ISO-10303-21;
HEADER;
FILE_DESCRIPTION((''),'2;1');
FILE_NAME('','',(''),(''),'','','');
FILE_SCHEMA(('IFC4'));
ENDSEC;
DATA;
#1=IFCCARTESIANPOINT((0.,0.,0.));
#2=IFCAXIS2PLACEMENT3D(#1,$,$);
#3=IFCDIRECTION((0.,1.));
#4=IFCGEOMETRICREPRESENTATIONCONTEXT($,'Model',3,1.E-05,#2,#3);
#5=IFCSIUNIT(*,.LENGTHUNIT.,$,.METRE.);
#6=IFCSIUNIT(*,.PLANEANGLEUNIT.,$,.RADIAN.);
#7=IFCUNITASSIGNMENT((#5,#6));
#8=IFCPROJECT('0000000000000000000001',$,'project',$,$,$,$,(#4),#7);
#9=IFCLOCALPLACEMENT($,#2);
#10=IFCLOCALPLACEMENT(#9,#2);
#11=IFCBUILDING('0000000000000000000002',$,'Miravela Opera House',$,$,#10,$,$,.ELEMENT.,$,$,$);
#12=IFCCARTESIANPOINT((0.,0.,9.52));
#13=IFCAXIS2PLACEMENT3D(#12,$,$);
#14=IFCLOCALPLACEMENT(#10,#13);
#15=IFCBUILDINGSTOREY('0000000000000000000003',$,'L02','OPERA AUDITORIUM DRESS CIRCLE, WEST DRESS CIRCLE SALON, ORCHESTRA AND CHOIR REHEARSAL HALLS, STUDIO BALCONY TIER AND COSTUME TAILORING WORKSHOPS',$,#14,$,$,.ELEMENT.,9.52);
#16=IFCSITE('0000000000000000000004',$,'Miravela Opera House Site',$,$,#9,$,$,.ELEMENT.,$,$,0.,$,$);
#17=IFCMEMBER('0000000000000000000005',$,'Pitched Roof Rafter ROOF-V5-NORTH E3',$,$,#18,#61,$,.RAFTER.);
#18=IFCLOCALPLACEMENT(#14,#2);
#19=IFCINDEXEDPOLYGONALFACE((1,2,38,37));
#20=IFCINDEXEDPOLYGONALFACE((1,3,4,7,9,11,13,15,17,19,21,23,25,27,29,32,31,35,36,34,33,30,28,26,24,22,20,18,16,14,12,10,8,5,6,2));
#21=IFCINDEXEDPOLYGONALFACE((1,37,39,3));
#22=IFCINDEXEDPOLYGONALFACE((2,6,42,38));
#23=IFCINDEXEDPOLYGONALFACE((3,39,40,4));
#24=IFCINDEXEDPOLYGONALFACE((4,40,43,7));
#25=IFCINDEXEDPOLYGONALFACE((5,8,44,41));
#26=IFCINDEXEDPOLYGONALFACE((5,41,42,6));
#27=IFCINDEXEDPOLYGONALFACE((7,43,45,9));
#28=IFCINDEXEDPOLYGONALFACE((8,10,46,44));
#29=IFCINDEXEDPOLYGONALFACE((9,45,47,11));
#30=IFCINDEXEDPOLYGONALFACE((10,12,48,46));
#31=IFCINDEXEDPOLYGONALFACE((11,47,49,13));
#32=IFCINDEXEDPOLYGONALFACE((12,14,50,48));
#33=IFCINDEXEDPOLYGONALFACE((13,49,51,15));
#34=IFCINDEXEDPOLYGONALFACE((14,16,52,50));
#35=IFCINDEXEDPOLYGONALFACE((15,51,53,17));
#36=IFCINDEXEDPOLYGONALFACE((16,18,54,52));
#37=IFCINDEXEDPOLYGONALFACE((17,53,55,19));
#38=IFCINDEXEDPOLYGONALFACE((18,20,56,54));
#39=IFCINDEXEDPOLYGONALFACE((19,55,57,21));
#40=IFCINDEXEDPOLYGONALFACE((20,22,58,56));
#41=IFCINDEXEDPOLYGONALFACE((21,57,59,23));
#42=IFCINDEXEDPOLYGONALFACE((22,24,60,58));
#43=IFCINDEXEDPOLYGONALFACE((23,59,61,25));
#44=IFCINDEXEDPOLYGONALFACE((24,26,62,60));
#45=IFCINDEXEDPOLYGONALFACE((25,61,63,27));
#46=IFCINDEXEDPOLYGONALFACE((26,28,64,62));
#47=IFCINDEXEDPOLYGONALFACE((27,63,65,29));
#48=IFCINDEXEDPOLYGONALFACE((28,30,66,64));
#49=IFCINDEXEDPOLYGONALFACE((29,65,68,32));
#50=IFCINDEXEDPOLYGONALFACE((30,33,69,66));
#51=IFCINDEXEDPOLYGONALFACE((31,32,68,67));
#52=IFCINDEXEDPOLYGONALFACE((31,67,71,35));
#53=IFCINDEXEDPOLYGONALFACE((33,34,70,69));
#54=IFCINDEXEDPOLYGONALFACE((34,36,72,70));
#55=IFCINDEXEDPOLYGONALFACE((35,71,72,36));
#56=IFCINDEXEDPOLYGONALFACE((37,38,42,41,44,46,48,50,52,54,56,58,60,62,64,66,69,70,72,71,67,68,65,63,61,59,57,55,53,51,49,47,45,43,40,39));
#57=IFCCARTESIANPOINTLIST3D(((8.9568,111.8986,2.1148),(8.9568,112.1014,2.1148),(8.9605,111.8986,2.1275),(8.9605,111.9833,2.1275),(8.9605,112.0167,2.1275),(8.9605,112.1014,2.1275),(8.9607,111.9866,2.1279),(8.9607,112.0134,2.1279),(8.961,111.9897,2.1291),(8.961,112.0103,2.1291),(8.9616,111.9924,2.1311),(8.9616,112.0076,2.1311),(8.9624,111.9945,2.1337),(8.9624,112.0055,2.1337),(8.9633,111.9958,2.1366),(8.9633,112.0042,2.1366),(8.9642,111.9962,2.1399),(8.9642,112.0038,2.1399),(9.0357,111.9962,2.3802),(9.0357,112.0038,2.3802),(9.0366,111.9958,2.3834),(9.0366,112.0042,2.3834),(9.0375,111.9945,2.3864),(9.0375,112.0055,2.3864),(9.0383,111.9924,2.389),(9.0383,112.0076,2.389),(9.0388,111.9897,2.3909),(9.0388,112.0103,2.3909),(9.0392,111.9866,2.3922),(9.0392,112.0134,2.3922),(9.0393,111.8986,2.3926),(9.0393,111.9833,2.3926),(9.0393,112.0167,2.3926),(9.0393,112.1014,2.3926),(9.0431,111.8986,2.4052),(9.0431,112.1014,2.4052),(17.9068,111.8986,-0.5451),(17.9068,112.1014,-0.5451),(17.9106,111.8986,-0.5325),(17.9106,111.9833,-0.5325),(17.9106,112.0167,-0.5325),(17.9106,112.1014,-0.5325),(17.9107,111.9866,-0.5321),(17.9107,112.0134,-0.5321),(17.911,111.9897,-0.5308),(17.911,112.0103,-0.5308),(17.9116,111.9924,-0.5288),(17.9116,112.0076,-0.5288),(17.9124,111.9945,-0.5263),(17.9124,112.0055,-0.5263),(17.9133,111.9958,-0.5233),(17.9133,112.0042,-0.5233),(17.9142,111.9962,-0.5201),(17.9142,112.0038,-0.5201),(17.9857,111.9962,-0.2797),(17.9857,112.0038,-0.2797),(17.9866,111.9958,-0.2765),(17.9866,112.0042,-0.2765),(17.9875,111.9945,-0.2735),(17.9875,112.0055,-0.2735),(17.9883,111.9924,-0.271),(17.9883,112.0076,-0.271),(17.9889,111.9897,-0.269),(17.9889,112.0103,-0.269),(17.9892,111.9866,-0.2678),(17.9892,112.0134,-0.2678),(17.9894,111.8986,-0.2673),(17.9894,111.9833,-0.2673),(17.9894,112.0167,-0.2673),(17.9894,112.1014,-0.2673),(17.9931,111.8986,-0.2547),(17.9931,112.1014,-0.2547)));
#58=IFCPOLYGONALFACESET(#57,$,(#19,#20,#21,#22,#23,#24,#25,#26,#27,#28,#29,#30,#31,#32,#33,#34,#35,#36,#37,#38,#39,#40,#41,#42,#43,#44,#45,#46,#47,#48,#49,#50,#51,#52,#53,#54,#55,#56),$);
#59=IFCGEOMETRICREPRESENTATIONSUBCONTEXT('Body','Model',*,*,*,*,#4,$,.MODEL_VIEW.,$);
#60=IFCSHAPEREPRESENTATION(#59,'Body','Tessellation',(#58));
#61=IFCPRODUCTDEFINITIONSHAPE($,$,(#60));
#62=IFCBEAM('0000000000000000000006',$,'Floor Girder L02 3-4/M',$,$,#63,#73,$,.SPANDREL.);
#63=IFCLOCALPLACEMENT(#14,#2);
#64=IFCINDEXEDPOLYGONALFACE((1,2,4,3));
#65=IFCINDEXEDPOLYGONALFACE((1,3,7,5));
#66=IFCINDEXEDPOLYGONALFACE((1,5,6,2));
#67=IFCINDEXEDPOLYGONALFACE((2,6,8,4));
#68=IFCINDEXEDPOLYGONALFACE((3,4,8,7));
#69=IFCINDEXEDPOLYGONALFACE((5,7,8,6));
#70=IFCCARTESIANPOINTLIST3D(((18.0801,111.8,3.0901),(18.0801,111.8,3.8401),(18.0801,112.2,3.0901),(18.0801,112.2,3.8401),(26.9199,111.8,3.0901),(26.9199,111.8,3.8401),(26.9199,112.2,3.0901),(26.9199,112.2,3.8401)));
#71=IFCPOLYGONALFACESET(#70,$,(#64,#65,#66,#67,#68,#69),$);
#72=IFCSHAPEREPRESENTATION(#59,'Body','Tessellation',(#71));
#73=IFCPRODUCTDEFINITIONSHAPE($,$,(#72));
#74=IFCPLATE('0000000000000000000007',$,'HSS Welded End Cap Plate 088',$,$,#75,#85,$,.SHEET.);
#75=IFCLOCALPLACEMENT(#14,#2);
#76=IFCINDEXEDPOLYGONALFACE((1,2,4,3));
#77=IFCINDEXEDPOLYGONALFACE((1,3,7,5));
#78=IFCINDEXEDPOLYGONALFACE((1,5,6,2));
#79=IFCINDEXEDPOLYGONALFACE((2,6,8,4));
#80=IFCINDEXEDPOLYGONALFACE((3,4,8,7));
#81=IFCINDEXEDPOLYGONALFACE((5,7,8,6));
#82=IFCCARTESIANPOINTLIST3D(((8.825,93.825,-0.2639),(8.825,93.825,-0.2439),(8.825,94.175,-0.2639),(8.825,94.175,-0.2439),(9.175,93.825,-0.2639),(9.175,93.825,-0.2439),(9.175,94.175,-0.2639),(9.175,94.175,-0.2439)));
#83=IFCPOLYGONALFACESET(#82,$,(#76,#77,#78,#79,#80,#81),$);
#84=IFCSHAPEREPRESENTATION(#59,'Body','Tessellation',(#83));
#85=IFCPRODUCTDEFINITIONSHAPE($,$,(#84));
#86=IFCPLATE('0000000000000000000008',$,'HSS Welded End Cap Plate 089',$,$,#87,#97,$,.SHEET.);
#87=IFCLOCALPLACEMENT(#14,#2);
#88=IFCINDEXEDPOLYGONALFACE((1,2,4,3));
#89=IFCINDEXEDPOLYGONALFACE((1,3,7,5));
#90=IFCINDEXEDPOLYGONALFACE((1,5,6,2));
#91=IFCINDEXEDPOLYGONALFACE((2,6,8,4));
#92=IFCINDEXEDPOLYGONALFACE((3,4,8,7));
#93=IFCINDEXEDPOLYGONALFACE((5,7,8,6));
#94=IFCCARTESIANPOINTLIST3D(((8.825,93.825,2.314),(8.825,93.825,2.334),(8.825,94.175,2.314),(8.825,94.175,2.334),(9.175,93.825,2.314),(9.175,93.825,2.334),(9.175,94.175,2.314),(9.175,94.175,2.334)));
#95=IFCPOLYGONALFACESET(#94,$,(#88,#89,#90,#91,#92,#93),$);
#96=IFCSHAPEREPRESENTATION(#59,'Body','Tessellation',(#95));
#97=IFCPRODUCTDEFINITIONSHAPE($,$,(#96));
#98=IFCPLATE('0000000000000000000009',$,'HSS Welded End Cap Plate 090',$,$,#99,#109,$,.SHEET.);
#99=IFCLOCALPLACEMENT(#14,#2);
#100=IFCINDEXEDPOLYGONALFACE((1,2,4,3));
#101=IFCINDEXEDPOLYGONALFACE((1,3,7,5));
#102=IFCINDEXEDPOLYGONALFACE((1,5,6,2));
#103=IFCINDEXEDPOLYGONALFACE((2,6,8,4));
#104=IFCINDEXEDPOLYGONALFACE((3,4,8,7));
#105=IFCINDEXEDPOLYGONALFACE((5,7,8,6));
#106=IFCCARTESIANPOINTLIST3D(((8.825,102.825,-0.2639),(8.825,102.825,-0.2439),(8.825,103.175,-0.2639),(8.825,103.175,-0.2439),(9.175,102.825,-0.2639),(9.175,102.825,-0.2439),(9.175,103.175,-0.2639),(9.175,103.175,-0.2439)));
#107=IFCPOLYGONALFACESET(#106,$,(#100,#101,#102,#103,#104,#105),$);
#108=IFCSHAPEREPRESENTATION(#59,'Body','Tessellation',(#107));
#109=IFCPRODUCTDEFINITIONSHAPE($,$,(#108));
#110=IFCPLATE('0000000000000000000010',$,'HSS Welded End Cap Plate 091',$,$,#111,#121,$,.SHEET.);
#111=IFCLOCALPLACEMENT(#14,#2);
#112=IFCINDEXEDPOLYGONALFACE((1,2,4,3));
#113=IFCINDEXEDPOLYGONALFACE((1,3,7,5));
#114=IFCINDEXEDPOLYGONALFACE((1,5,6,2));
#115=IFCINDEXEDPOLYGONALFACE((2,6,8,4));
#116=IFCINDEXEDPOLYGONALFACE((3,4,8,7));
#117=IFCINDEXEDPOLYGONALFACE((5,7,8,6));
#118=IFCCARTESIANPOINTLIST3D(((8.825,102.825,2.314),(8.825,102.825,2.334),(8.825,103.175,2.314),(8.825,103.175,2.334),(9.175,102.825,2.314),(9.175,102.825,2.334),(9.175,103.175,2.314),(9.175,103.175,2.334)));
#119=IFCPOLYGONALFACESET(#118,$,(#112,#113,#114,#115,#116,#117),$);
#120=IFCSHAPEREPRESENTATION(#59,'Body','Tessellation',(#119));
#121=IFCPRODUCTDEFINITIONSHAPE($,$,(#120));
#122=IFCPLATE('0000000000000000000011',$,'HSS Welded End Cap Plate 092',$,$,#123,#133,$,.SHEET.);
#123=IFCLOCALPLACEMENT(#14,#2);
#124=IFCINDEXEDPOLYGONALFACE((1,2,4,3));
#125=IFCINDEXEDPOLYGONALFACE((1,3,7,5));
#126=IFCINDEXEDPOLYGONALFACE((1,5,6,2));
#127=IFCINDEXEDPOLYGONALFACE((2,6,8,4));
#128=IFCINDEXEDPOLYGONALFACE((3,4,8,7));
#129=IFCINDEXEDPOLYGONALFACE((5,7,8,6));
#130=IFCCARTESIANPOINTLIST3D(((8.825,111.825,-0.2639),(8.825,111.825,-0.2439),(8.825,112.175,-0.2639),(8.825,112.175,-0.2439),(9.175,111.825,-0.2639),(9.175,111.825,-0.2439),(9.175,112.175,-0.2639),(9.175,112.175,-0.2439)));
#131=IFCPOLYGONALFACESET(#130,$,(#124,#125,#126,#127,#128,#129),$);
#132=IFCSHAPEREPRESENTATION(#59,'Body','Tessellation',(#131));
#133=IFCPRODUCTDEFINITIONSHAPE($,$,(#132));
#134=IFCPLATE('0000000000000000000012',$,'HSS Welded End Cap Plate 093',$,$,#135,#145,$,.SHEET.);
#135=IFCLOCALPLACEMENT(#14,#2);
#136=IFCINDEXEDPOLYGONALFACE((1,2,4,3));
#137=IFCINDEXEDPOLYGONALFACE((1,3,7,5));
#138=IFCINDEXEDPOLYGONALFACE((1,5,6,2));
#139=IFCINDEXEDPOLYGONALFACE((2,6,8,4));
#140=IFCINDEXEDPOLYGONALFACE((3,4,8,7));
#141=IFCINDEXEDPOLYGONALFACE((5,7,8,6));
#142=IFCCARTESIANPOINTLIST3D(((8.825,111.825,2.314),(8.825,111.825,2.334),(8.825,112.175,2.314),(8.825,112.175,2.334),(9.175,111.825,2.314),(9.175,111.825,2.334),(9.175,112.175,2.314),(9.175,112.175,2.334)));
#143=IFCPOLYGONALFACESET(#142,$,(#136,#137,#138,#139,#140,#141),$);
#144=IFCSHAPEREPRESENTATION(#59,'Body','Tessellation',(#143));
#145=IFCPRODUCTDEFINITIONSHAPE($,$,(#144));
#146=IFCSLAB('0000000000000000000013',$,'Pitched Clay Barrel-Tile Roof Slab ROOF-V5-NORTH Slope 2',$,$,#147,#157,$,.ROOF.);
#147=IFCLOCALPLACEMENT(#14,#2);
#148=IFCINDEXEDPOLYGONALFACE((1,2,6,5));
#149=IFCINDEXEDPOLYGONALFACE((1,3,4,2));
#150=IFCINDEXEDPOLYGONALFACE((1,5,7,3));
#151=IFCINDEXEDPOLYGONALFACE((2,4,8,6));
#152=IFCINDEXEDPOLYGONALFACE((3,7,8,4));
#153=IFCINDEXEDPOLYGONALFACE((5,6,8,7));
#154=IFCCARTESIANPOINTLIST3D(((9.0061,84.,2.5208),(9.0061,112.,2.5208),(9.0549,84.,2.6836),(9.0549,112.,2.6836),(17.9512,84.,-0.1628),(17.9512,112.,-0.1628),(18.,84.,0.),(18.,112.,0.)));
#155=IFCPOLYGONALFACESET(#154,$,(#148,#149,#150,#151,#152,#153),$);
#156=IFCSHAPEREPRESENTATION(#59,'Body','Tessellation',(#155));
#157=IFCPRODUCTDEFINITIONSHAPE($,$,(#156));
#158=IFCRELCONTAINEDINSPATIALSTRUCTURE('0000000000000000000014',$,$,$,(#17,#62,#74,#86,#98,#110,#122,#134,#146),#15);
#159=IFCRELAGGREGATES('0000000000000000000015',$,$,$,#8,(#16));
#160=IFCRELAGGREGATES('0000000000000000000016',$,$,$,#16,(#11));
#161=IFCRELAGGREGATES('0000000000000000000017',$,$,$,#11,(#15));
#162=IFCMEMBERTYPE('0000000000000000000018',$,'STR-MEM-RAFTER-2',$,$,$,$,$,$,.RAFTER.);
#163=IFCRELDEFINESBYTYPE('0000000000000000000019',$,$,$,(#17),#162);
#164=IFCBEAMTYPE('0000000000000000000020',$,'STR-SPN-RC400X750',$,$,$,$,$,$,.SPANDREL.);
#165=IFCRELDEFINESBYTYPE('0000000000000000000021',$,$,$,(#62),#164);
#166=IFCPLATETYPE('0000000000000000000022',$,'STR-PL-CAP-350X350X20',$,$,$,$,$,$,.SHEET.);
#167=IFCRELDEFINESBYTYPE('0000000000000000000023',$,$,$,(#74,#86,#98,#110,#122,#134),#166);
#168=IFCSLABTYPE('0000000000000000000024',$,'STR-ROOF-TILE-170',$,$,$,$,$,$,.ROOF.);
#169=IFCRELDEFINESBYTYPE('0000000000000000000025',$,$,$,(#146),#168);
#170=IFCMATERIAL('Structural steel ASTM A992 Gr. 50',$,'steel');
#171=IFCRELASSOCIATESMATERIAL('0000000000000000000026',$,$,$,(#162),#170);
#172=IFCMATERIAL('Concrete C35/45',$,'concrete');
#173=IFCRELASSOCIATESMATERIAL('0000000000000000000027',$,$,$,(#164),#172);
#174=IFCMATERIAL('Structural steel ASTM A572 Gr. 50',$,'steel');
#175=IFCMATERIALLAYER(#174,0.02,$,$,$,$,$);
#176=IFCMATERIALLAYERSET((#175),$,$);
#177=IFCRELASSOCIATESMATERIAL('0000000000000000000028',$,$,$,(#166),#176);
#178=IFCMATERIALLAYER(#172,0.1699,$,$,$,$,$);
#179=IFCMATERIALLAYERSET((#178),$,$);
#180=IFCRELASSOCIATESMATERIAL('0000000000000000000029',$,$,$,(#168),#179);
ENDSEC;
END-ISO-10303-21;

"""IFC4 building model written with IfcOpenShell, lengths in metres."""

from ifc_helpers import new_model, si_unit, direction, frame, origin, origin_2d, place, context, subcontext, project, spatial, polyline, rectangle, i_section, outline, extrude, material, layer, layer_set, material_profile, profile_set, type_object, element, save


model = new_model("IFC4")

# Units and contexts
model_context = context("Model", 3, precision=1e-05, world=origin(), true_north=direction((0.0, 1.0)))
body_context = subcontext(model_context, "Body", "Model", "MODEL_VIEW")
ifc_project = project(units=[si_unit("LENGTHUNIT", "METRE"), si_unit("PLANEANGLEUNIT", "RADIAN")], contexts=[model_context])

# Site, building, storey
site_placement = place(None, origin())
site = spatial("IfcSite", under=ifc_project, at=site_placement, Name="Miravela Opera House Site", CompositionType="ELEMENT", RefElevation=0.0)
building_placement = place(site_placement, origin())
building = spatial("IfcBuilding", under=site, at=building_placement, Name="Miravela Opera House", CompositionType="ELEMENT")
storey_placement = place(building_placement, frame((0.0, 0.0, 9.52)))
storey = spatial("IfcBuildingStorey", under=building, at=storey_placement, Name="L02", Description="OPERA AUDITORIUM DRESS CIRCLE, WEST DRESS CIRCLE SALON, ORCHESTRA AND CHOIR REHEARSAL HALLS, STUDIO BALCONY TIER AND COSTUME TAILORING WORKSHOPS", CompositionType="ELEMENT", Elevation=9.52)

# Shared definitions
ifc_material_1 = material(Name="Concrete C35/45", Category="concrete")

# Member
ifc_material_2 = material(Name="Structural steel ASTM A992 Gr. 50", Category="steel")
ifc_material_profile_1 = material_profile(ifc_material_2, i_section(OverallWidth=0.2029, OverallDepth=0.303, WebThickness=0.0076, FlangeThickness=0.0132, FilletRadius=0.0129, at=origin_2d()), Name="W310X60")
ifc_profile_set_1 = profile_set([ifc_material_profile_1])
member_type_1 = type_object("IfcMemberType", Name="STR-MEM-RAFTER-2", PredefinedType="RAFTER", material=ifc_profile_set_1)
for number, where, z_axis, x_axis, name in (
    (1, (17.95, 112.0, -0.3999), (-0.958562, 0.0, 0.284883), (0.0, -1.0, 0.0), "Pitched Roof Rafter ROOF-V5-NORTH E3"),
):
    element("IfcMember", number, at=place(storey_placement, frame(where, z_axis=z_axis, x_axis=x_axis)), inside=storey, type_object=member_type_1, Name=name, PredefinedType="RAFTER", context=body_context, shape_type="SweptSolid", body=[
        extrude(i_section(OverallWidth=0.2029, OverallDepth=0.303, WebThickness=0.0076, FlangeThickness=0.0132, FilletRadius=0.0129, at=origin_2d()), origin(), (0.0, 0.0, 1.0), 9.3369),
    ])

# Beam
ifc_material_profile_2 = material_profile(ifc_material_1, rectangle(XDim=0.3999, YDim=0.75, at=origin_2d()), Name="RC-SPN-400X750")
ifc_profile_set_2 = profile_set([ifc_material_profile_2])
beam_type_1 = type_object("IfcBeamType", Name="STR-SPN-RC400X750", PredefinedType="SPANDREL", material=ifc_profile_set_2)
beam_1_placement = place(storey_placement, frame((18.0801, 112.0, 3.4651), z_axis=(1.0, 0.0, 0.0), x_axis=(0.0, 1.0, 0.0)))
element("IfcBeam", 2, at=beam_1_placement, inside=storey, type_object=beam_type_1, Name="Floor Girder L02 3-4/M", PredefinedType="SPANDREL", context=body_context, shape_type="SweptSolid", body=[
    extrude(rectangle(XDim=0.3999, YDim=0.75, at=origin_2d()), origin(), (0.0, 0.0, 1.0), 8.8398),
])

# Plates
ifc_material_3 = material(Name="Structural steel ASTM A572 Gr. 50", Category="steel")
ifc_layer_1 = layer(ifc_material_3, 0.02)
ifc_layer_set_1 = layer_set([ifc_layer_1])
plate_type = type_object("IfcPlateType", Name="STR-PL-CAP-350X350X20", PredefinedType="SHEET", material=ifc_layer_set_1)
for number, where, z_axis, x_axis, name in (
    (3, (9.0, 94.0, -0.2639), (0.0, 0.0, 1.0), (1.0, 0.0, 0.0), "HSS Welded End Cap Plate 088"),
    (4, (9.0, 94.0, 2.314), (0.0, 0.0, 1.0), (1.0, 0.0, 0.0), "HSS Welded End Cap Plate 089"),
    (5, (9.0, 103.0, -0.2639), (0.0, 0.0, 1.0), (1.0, 0.0, 0.0), "HSS Welded End Cap Plate 090"),
    (6, (9.0, 103.0, 2.314), (0.0, 0.0, 1.0), (1.0, 0.0, 0.0), "HSS Welded End Cap Plate 091"),
    (7, (9.0, 112.0, -0.2639), (0.0, 0.0, 1.0), (1.0, 0.0, 0.0), "HSS Welded End Cap Plate 092"),
    (8, (9.0, 112.0, 2.314), (0.0, 0.0, 1.0), (1.0, 0.0, 0.0), "HSS Welded End Cap Plate 093"),
):
    element("IfcPlate", number, at=place(storey_placement, frame(where, z_axis=z_axis, x_axis=x_axis)), inside=storey, type_object=plate_type, Name=name, PredefinedType="SHEET", context=body_context, shape_type="SweptSolid", body=[
        extrude(rectangle(XDim=0.3501, YDim=0.3501, at=origin_2d()), origin(), (0.0, 0.0, 1.0), 0.02),
    ])

# Slab
ifc_layer_2 = layer(ifc_material_1, 0.1699)
ifc_layer_set_2 = layer_set([ifc_layer_2])
slab_type = type_object("IfcSlabType", Name="STR-ROOF-TILE-170", PredefinedType="ROOF", material=ifc_layer_set_2)
slab_placement = place(storey_placement, frame((18.0, 112.0, 0.0), z_axis=(0.287355, 0.0, 0.957824), x_axis=(0.0, -1.0, 0.0)))
element("IfcSlab", 9, at=slab_placement, inside=storey, type_object=slab_type, Name="Pitched Clay Barrel-Tile Roof Slab ROOF-V5-NORTH Slope 2", PredefinedType="ROOF", context=body_context, shape_type="SweptSolid", body=[
    extrude(outline(polyline([(0.0, 0.0), (28.0, 0.0), (28.0, -9.3389), (0.0, -9.3389), (0.0, 0.0)])), origin(), (0.0, 0.0, -1.0), 0.1699),
])

save(model, "model.ifc")
